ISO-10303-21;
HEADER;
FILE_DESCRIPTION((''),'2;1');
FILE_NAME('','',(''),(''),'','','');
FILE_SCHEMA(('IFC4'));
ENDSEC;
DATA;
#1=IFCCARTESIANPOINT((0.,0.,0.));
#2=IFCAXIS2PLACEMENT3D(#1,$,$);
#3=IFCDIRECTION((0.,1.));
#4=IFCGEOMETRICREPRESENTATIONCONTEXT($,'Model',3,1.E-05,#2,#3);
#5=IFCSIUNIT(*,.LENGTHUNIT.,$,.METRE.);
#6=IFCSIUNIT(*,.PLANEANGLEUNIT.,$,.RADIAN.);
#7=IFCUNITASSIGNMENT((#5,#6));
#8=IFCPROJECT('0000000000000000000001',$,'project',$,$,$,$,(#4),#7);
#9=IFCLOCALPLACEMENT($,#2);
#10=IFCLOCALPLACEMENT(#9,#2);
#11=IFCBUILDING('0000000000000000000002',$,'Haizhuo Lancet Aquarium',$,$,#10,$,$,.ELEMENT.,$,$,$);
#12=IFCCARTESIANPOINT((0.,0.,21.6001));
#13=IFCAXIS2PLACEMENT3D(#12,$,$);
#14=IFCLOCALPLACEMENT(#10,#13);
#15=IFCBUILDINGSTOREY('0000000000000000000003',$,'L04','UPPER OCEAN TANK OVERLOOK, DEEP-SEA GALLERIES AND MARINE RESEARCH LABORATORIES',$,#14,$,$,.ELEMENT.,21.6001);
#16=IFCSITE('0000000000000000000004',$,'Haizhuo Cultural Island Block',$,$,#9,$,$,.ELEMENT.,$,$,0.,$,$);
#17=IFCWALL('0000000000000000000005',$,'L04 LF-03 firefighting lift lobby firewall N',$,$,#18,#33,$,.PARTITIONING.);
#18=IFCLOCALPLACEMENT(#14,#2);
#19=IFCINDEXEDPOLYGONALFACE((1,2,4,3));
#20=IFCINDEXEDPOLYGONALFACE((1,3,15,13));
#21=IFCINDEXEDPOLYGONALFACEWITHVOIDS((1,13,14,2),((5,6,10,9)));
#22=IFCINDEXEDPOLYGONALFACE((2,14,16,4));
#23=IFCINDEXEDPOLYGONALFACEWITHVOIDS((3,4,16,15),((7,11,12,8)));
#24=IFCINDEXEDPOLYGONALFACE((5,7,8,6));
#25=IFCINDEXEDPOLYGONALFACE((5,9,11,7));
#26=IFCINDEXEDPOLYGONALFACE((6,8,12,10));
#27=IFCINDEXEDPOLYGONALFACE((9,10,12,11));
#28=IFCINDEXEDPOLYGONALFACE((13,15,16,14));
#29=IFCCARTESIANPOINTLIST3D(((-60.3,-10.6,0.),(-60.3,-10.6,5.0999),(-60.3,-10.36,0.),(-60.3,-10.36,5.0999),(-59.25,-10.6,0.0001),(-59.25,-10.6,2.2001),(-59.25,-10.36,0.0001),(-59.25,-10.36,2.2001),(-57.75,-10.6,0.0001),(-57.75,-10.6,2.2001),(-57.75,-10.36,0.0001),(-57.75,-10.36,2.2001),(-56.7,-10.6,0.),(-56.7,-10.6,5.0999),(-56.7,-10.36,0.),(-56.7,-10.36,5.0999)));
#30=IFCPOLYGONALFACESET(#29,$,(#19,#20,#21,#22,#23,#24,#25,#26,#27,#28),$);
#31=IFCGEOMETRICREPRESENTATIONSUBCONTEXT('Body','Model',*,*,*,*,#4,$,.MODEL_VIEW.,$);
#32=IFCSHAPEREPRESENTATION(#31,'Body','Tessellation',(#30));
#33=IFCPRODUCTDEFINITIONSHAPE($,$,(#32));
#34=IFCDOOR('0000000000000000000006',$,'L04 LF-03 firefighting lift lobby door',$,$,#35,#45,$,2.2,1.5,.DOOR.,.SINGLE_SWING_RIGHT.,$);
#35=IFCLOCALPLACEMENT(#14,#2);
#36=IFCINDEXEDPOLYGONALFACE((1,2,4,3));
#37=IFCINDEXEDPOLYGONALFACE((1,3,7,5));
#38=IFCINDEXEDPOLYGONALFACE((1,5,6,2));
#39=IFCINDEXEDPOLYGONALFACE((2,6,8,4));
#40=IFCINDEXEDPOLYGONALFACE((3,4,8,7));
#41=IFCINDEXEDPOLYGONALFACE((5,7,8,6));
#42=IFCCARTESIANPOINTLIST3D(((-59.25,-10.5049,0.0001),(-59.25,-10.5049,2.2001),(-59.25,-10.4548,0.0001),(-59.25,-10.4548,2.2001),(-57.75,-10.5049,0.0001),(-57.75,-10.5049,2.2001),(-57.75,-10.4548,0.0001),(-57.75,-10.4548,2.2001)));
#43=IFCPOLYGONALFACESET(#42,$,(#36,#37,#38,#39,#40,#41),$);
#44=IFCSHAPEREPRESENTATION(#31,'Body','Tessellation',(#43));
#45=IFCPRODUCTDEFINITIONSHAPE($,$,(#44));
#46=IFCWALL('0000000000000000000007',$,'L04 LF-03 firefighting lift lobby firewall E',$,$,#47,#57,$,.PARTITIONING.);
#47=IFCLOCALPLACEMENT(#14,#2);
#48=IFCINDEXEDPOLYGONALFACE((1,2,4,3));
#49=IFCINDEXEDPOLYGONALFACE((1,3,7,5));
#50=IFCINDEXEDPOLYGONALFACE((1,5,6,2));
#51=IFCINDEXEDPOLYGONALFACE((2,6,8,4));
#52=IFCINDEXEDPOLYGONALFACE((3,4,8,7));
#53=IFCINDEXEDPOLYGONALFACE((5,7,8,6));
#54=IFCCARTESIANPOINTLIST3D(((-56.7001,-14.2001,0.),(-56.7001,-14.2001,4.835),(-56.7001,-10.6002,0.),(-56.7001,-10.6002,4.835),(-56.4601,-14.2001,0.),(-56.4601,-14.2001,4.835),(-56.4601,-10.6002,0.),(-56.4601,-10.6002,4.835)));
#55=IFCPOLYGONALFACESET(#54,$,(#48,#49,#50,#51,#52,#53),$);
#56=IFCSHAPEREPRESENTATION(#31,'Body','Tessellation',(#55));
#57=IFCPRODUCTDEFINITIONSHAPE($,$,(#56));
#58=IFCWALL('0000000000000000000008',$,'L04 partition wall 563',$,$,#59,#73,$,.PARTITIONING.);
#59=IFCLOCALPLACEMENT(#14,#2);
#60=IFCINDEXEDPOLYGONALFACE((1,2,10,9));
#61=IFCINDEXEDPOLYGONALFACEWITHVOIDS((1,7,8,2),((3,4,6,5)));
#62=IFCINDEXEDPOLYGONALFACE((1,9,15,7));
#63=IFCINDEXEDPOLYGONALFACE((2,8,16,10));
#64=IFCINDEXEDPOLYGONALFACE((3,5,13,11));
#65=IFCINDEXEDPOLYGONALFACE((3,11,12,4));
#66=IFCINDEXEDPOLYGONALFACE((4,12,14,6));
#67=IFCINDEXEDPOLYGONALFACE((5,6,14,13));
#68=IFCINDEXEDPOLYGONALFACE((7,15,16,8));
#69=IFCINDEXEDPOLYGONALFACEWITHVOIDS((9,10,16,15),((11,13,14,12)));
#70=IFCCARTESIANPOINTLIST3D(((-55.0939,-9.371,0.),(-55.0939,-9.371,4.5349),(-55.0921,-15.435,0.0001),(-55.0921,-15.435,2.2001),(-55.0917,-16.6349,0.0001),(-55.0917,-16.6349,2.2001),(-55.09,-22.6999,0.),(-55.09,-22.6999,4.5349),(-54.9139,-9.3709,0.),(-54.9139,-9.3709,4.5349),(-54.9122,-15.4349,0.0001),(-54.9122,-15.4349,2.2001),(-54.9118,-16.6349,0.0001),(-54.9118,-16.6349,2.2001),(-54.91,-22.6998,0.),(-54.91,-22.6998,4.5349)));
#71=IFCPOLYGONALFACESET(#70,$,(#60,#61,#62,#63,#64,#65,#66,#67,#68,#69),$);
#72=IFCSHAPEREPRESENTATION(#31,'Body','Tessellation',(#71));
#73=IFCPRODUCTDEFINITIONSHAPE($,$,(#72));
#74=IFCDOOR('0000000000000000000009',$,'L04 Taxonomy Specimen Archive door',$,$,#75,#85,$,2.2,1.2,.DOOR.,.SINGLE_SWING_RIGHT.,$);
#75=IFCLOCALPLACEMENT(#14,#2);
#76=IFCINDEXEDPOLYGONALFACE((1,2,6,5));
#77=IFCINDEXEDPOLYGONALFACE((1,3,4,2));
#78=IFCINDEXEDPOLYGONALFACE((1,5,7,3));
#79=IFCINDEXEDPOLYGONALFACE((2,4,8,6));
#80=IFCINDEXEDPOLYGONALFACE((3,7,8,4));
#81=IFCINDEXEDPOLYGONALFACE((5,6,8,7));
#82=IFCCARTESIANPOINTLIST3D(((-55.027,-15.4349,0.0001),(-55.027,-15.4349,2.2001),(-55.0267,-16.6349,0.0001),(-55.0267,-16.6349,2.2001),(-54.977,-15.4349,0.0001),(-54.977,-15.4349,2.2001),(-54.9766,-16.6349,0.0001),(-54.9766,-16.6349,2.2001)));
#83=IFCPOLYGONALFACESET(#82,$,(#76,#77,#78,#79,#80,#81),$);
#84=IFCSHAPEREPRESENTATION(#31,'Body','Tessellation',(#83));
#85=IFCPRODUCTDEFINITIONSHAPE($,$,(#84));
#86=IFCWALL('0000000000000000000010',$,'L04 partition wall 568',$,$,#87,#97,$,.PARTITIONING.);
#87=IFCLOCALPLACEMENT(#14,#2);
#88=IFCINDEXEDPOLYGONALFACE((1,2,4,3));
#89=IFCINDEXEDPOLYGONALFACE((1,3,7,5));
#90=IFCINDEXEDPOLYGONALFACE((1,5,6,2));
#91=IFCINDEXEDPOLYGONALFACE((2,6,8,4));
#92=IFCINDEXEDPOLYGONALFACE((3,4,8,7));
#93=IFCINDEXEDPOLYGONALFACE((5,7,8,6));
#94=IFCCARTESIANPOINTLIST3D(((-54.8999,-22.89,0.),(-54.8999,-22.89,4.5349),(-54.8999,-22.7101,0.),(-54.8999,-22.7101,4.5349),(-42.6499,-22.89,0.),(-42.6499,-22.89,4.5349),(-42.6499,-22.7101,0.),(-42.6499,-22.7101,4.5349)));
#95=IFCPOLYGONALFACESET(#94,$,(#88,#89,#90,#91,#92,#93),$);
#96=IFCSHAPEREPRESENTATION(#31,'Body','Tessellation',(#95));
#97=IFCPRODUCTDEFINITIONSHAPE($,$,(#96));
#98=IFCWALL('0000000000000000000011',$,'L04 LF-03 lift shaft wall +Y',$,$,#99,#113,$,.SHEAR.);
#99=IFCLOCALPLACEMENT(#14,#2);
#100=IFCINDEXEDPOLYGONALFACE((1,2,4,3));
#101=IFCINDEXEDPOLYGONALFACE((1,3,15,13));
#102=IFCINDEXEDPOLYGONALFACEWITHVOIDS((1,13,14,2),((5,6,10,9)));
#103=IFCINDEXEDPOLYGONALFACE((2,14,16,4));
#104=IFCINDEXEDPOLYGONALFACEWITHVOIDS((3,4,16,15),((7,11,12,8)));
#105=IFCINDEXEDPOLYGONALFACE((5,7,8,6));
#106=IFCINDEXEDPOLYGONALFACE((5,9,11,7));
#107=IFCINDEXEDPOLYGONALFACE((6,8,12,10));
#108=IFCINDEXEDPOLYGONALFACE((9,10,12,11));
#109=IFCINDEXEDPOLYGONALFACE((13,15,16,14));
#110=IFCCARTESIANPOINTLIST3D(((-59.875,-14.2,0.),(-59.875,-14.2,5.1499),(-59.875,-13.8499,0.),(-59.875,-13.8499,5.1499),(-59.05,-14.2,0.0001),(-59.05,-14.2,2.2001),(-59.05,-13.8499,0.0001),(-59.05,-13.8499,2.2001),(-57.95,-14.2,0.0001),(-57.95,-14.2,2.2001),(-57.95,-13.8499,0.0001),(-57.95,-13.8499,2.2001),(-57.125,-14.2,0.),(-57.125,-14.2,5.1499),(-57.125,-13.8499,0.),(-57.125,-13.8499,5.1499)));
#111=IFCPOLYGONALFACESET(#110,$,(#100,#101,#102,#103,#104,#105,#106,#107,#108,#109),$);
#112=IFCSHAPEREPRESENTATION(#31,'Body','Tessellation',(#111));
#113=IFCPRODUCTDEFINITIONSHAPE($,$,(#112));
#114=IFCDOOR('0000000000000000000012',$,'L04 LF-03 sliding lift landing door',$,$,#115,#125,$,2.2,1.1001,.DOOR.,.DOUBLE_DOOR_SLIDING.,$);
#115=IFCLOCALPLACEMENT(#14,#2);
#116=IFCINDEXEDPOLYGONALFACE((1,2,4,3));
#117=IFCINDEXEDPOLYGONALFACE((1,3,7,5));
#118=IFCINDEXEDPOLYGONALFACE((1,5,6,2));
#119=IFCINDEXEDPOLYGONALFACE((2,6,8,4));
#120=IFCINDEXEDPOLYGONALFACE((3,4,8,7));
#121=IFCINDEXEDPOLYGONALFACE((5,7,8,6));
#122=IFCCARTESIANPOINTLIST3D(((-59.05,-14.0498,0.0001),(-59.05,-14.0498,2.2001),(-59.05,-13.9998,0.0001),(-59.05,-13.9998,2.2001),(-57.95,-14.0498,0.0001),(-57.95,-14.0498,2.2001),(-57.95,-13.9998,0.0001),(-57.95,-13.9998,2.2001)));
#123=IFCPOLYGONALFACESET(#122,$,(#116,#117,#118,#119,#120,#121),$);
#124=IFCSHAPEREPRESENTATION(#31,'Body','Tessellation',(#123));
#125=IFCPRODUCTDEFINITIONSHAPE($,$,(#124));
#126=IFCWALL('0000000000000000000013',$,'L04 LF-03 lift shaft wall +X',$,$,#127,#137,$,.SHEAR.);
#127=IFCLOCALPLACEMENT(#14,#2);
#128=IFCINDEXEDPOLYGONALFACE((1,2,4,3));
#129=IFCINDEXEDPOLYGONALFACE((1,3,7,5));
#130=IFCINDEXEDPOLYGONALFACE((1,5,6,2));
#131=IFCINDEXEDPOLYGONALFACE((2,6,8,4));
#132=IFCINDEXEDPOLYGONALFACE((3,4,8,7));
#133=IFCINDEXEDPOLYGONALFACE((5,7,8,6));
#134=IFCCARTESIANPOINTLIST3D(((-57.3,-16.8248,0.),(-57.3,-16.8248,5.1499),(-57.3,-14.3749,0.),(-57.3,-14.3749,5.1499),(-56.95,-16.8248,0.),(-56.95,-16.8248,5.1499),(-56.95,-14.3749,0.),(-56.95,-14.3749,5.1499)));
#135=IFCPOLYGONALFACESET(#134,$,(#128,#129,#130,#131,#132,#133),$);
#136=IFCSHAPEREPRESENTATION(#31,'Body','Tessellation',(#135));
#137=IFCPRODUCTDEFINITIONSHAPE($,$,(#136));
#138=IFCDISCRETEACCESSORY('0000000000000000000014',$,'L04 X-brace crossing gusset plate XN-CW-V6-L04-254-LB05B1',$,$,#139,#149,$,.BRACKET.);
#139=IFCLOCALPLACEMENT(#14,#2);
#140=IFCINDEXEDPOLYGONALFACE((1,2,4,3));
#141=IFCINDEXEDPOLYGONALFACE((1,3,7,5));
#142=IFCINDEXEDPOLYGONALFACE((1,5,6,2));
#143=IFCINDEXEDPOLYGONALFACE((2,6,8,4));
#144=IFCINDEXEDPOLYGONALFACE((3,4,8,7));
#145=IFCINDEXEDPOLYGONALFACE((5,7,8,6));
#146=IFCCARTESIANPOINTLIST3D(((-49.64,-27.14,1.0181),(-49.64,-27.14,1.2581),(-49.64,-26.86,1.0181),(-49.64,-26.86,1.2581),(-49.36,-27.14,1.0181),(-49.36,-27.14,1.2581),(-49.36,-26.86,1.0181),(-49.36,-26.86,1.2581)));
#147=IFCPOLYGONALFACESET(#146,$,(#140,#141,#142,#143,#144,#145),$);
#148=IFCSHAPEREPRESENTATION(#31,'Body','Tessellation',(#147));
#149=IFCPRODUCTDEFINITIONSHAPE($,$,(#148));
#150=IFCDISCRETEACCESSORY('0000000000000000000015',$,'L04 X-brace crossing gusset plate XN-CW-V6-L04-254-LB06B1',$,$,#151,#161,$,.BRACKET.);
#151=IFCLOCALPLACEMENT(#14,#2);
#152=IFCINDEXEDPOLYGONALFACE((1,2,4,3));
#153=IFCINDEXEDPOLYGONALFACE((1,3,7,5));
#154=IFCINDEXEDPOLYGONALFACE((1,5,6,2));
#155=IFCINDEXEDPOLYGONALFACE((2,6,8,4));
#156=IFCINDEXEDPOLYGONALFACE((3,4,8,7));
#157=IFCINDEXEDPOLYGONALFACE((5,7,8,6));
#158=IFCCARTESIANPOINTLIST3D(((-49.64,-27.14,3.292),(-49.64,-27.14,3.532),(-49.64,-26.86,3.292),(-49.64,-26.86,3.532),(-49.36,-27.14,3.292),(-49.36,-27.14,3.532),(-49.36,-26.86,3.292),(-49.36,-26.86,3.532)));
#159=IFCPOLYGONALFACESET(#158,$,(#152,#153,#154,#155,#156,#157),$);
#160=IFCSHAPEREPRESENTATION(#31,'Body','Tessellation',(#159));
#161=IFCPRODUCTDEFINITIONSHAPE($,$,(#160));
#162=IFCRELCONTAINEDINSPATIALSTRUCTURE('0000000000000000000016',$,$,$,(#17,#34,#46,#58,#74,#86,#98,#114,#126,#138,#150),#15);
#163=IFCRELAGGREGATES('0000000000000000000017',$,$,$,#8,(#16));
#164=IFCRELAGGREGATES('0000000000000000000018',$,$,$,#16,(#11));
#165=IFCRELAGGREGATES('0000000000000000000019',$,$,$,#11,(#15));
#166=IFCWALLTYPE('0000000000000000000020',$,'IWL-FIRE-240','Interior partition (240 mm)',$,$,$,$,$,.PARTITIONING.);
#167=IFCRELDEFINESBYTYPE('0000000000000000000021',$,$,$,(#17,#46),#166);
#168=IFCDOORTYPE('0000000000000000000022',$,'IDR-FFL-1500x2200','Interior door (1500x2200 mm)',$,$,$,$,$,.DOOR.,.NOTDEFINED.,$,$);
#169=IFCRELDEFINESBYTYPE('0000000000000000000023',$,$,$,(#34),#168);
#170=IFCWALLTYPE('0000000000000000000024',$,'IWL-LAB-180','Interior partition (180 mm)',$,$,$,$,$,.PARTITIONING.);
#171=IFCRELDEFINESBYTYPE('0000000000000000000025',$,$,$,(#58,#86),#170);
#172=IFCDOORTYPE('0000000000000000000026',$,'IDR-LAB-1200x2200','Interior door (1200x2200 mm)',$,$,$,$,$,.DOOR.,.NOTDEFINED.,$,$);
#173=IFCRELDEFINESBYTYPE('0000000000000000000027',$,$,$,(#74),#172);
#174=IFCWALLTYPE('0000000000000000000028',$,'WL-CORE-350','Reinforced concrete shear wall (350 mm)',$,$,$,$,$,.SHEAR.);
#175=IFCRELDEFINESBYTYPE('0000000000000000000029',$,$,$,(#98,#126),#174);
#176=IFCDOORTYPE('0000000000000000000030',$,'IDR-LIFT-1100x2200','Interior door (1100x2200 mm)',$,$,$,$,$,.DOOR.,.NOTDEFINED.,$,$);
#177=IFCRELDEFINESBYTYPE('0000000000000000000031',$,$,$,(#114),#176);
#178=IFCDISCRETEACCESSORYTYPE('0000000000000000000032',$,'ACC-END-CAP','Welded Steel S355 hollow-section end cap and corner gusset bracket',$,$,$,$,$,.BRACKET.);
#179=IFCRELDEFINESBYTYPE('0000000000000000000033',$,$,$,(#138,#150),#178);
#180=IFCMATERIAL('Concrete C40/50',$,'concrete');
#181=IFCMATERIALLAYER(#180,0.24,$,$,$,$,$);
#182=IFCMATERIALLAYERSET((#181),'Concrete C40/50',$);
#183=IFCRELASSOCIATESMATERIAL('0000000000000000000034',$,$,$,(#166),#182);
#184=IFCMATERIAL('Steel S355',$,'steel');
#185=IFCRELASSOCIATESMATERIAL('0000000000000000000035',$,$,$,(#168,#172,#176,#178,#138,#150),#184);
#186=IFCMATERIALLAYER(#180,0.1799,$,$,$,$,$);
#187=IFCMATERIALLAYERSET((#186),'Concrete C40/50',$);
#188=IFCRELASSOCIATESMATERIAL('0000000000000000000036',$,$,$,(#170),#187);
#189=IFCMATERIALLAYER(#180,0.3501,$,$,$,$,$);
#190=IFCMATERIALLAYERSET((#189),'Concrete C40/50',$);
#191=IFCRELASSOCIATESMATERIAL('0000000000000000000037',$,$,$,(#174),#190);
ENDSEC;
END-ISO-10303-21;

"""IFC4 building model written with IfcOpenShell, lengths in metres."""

from ifc_helpers import new_model, si_unit, direction, frame, frame_2d, origin, origin_2d, place, context, subcontext, project, spatial, rectangle, extrude, material, layer, layer_set, type_object, element, fill, save


model = new_model("IFC4")

# Units and contexts
model_context = context("Model", 3, precision=1e-05, world=origin(), true_north=direction((0.0, 1.0)))
body_context = subcontext(model_context, "Body", "Model", "MODEL_VIEW")
ifc_project = project(units=[si_unit("LENGTHUNIT", "METRE"), si_unit("PLANEANGLEUNIT", "RADIAN")], contexts=[model_context])

# Site, building, storey
site_placement = place(None, origin())
site = spatial("IfcSite", under=ifc_project, at=site_placement, Name="Haizhuo Cultural Island Block", CompositionType="ELEMENT", RefElevation=0.0)
building_placement = place(site_placement, origin())
building = spatial("IfcBuilding", under=site, at=building_placement, Name="Haizhuo Lancet Aquarium", CompositionType="ELEMENT")
storey_placement = place(building_placement, frame((0.0, 0.0, 21.6001)))
storey = spatial("IfcBuildingStorey", under=building, at=storey_placement, Name="L04", Description="UPPER OCEAN TANK OVERLOOK, DEEP-SEA GALLERIES AND MARINE RESEARCH LABORATORIES", CompositionType="ELEMENT", Elevation=21.6001)

# Shared definitions
ifc_material_1 = material(Name="Concrete C40/50", Category="concrete")

# Shared definitions
ifc_material_2 = material(Name="Steel S355", Category="steel")

# Wall, opening, door
ifc_layer_1 = layer(ifc_material_1, 0.24)
ifc_layer_set_1 = layer_set([ifc_layer_1], Name="Concrete C40/50")
wall_type_1 = type_object("IfcWallType", Name="IWL-FIRE-240", Description="Interior partition (240 mm)", PredefinedType="PARTITIONING", material=ifc_layer_set_1)
wall_1_placement = place(storey_placement, frame((-56.7, -10.48, 0.0), z_axis=(0.0, 0.0, 1.0), x_axis=(-1.0, 0.0, 0.0)))
wall_1 = element("IfcWall", 1, at=wall_1_placement, inside=storey, type_object=wall_type_1, Name="L04 LF-03 firefighting lift lobby firewall N", PredefinedType="PARTITIONING", context=body_context, shape_type="SweptSolid", body=[
    extrude(rectangle(XDim=3.6001, YDim=0.24, at=frame_2d((1.8, 0.0))), origin(), (0.0, 0.0, 1.0), 5.0999),
])
opening_1_placement = place(wall_1_placement, frame((1.05, 0.0, 0.0)))
opening_1 = element("IfcOpeningElement", 2, at=opening_1_placement, cuts=wall_1, PredefinedType="OPENING", context=body_context, shape_type="SweptSolid", body=[
    extrude(rectangle(XDim=1.5, YDim=2.2, at=frame_2d((0.75, 1.1001))), frame((0.0, 0.1299, 0.0), z_axis=(0.0, -1.0, 0.0), x_axis=(1.0, 0.0, 0.0)), (0.0, 0.0, 1.0), 0.26),
])
door_type_1 = type_object("IfcDoorType", Name="IDR-FFL-1500x2200", Description="Interior door (1500x2200 mm)", OperationType="NOTDEFINED", PredefinedType="DOOR", material=ifc_material_2)
door_1_placement = place(opening_1_placement, origin())
door_1 = element("IfcDoor", 3, at=door_1_placement, inside=storey, type_object=door_type_1, Name="L04 LF-03 firefighting lift lobby door", OperationType="SINGLE_SWING_RIGHT", OverallHeight=2.2, OverallWidth=1.5, PredefinedType="DOOR", context=body_context, shape_type="SweptSolid", body=[
    extrude(rectangle(XDim=1.5, YDim=2.2, at=frame_2d((0.75, 1.1001))), frame((0.0, 0.0249, 0.0), z_axis=(0.0, -1.0, 0.0), x_axis=(1.0, 0.0, 0.0)), (0.0, 0.0, 1.0), 0.05),
])
fill(opening_1, door_1)

# Wall
wall_2_placement = place(storey_placement, frame((-56.5801, -14.2, 0.0), z_axis=(0.0, 0.0, 1.0), x_axis=(0.0, 1.0, 0.0)))
element("IfcWall", 4, at=wall_2_placement, inside=storey, type_object=wall_type_1, Name="L04 LF-03 firefighting lift lobby firewall E", PredefinedType="PARTITIONING", context=body_context, shape_type="SweptSolid", body=[
    extrude(rectangle(XDim=3.5999, YDim=0.24, at=frame_2d((1.7998, 0.0))), origin(), (0.0, 0.0, 1.0), 4.835),
])

# Wall, opening, door
ifc_layer_2 = layer(ifc_material_1, 0.1799)
ifc_layer_set_2 = layer_set([ifc_layer_2], Name="Concrete C40/50")
wall_type_2 = type_object("IfcWallType", Name="IWL-LAB-180", Description="Interior partition (180 mm)", PredefinedType="PARTITIONING", material=ifc_layer_set_2)
wall_3_placement = place(storey_placement, frame((-55.0, -22.7, 0.0), z_axis=(0.0, 0.0, 1.0), x_axis=(-0.000293, 1.0, 0.0)))
wall_3 = element("IfcWall", 5, at=wall_3_placement, inside=storey, type_object=wall_type_2, Name="L04 partition wall 563", PredefinedType="PARTITIONING", context=body_context, shape_type="SweptSolid", body=[
    extrude(rectangle(XDim=13.3289, YDim=0.1799, at=frame_2d((6.6646, 0.0))), origin(), (0.0, 0.0, 1.0), 4.5349),
])
opening_2_placement = place(wall_3_placement, frame((6.0649, 0.0, 0.0)))
opening_2 = element("IfcOpeningElement", 6, at=opening_2_placement, cuts=wall_3, PredefinedType="OPENING", context=body_context, shape_type="SweptSolid", body=[
    extrude(rectangle(XDim=1.2, YDim=2.2, at=frame_2d((0.6001, 1.1001))), frame((0.0, 0.0999, 0.0), z_axis=(0.0, -1.0, 0.0), x_axis=(1.0, 0.0, 0.0)), (0.0, 0.0, 1.0), 0.1999),
])
door_type_2 = type_object("IfcDoorType", Name="IDR-LAB-1200x2200", Description="Interior door (1200x2200 mm)", OperationType="NOTDEFINED", PredefinedType="DOOR", material=ifc_material_2)
door_2_placement = place(opening_2_placement, origin())
door_2 = element("IfcDoor", 7, at=door_2_placement, inside=storey, type_object=door_type_2, Name="L04 Taxonomy Specimen Archive door", OperationType="SINGLE_SWING_RIGHT", OverallHeight=2.2, OverallWidth=1.2, PredefinedType="DOOR", context=body_context, shape_type="SweptSolid", body=[
    extrude(rectangle(XDim=1.2, YDim=2.2, at=frame_2d((0.6001, 1.1001))), frame((0.0, 0.0249, 0.0), z_axis=(0.0, -1.0, 0.0), x_axis=(1.0, 0.0, 0.0)), (0.0, 0.0, 1.0), 0.05),
])
fill(opening_2, door_2)

# Wall
wall_4_placement = place(storey_placement, frame((-54.8999, -22.8, 0.0), z_axis=(0.0, 0.0, 1.0), x_axis=(1.0, 0.0, 0.0)))
element("IfcWall", 8, at=wall_4_placement, inside=storey, type_object=wall_type_2, Name="L04 partition wall 568", PredefinedType="PARTITIONING", context=body_context, shape_type="SweptSolid", body=[
    extrude(rectangle(XDim=12.25, YDim=0.1799, at=frame_2d((6.125, 0.0))), origin(), (0.0, 0.0, 1.0), 4.5349),
])

# Wall, opening, door
ifc_layer_3 = layer(ifc_material_1, 0.3501)
ifc_layer_set_3 = layer_set([ifc_layer_3], Name="Concrete C40/50")
wall_type_3 = type_object("IfcWallType", Name="WL-CORE-350", Description="Reinforced concrete shear wall (350 mm)", PredefinedType="SHEAR", material=ifc_layer_set_3)
wall_5_placement = place(storey_placement, frame((-57.125, -14.0249, 0.0), z_axis=(0.0, 0.0, 1.0), x_axis=(-1.0, 0.0, 0.0)))
wall_5 = element("IfcWall", 9, at=wall_5_placement, inside=storey, type_object=wall_type_3, Name="L04 LF-03 lift shaft wall +Y", PredefinedType="SHEAR", context=body_context, shape_type="SweptSolid", body=[
    extrude(rectangle(XDim=2.75, YDim=0.3501, at=frame_2d((1.375, 0.0))), origin(), (0.0, 0.0, 1.0), 5.1499),
])
opening_3_placement = place(wall_5_placement, frame((0.825, 0.0, 0.0)))
opening_3 = element("IfcOpeningElement", 10, at=opening_3_placement, cuts=wall_5, PredefinedType="OPENING", context=body_context, shape_type="SweptSolid", body=[
    extrude(rectangle(XDim=1.1001, YDim=2.2, at=frame_2d((0.55, 1.1001))), frame((0.0, 0.1851, 0.0), z_axis=(0.0, -1.0, 0.0), x_axis=(1.0, 0.0, 0.0)), (0.0, 0.0, 1.0), 0.3701),
])
door_type_3 = type_object("IfcDoorType", Name="IDR-LIFT-1100x2200", Description="Interior door (1100x2200 mm)", OperationType="NOTDEFINED", PredefinedType="DOOR", material=ifc_material_2)
door_3_placement = place(opening_3_placement, origin())
door_3 = element("IfcDoor", 11, at=door_3_placement, inside=storey, type_object=door_type_3, Name="L04 LF-03 sliding lift landing door", OperationType="DOUBLE_DOOR_SLIDING", OverallHeight=2.2, OverallWidth=1.1001, PredefinedType="DOOR", context=body_context, shape_type="SweptSolid", body=[
    extrude(rectangle(XDim=1.1001, YDim=2.2, at=frame_2d((0.55, 1.1001))), frame((0.0, 0.0249, 0.0), z_axis=(0.0, -1.0, 0.0), x_axis=(1.0, 0.0, 0.0)), (0.0, 0.0, 1.0), 0.05),
])
fill(opening_3, door_3)

# Wall
wall_6_placement = place(storey_placement, frame((-57.125, -16.825, 0.0), z_axis=(0.0, 0.0, 1.0), x_axis=(0.0, 1.0, 0.0)))
element("IfcWall", 12, at=wall_6_placement, inside=storey, type_object=wall_type_3, Name="L04 LF-03 lift shaft wall +X", PredefinedType="SHEAR", context=body_context, shape_type="SweptSolid", body=[
    extrude(rectangle(XDim=2.45, YDim=0.3501, at=frame_2d((1.2251, 0.0))), origin(), (0.0, 0.0, 1.0), 5.1499),
])

# Discrete accessories
discrete_accessory_type = type_object("IfcDiscreteAccessoryType", Name="ACC-END-CAP", Description="Welded Steel S355 hollow-section end cap and corner gusset bracket", PredefinedType="BRACKET", material=ifc_material_2)
for number, where, z_axis, x_axis, name in (
    (13, (-49.5, -27.0, 1.0181), (0.0, 0.0, 1.0), (1.0, 0.0, 0.0), "L04 X-brace crossing gusset plate XN-CW-V6-L04-254-LB05B1"),
    (14, (-49.5, -27.0, 3.292), (0.0, 0.0, 1.0), (1.0, 0.0, 0.0), "L04 X-brace crossing gusset plate XN-CW-V6-L04-254-LB06B1"),
):
    element("IfcDiscreteAccessory", number, at=place(storey_placement, frame(where, z_axis=z_axis, x_axis=x_axis)), inside=storey, type_object=discrete_accessory_type, material=ifc_material_2, Name=name, PredefinedType="BRACKET", context=body_context, shape_type="SweptSolid", body=[
        extrude(rectangle(XDim=0.28, YDim=0.28, at=origin_2d()), origin(), (0.0, 0.0, 1.0), 0.24),
    ])

save(model, "model.ifc")
